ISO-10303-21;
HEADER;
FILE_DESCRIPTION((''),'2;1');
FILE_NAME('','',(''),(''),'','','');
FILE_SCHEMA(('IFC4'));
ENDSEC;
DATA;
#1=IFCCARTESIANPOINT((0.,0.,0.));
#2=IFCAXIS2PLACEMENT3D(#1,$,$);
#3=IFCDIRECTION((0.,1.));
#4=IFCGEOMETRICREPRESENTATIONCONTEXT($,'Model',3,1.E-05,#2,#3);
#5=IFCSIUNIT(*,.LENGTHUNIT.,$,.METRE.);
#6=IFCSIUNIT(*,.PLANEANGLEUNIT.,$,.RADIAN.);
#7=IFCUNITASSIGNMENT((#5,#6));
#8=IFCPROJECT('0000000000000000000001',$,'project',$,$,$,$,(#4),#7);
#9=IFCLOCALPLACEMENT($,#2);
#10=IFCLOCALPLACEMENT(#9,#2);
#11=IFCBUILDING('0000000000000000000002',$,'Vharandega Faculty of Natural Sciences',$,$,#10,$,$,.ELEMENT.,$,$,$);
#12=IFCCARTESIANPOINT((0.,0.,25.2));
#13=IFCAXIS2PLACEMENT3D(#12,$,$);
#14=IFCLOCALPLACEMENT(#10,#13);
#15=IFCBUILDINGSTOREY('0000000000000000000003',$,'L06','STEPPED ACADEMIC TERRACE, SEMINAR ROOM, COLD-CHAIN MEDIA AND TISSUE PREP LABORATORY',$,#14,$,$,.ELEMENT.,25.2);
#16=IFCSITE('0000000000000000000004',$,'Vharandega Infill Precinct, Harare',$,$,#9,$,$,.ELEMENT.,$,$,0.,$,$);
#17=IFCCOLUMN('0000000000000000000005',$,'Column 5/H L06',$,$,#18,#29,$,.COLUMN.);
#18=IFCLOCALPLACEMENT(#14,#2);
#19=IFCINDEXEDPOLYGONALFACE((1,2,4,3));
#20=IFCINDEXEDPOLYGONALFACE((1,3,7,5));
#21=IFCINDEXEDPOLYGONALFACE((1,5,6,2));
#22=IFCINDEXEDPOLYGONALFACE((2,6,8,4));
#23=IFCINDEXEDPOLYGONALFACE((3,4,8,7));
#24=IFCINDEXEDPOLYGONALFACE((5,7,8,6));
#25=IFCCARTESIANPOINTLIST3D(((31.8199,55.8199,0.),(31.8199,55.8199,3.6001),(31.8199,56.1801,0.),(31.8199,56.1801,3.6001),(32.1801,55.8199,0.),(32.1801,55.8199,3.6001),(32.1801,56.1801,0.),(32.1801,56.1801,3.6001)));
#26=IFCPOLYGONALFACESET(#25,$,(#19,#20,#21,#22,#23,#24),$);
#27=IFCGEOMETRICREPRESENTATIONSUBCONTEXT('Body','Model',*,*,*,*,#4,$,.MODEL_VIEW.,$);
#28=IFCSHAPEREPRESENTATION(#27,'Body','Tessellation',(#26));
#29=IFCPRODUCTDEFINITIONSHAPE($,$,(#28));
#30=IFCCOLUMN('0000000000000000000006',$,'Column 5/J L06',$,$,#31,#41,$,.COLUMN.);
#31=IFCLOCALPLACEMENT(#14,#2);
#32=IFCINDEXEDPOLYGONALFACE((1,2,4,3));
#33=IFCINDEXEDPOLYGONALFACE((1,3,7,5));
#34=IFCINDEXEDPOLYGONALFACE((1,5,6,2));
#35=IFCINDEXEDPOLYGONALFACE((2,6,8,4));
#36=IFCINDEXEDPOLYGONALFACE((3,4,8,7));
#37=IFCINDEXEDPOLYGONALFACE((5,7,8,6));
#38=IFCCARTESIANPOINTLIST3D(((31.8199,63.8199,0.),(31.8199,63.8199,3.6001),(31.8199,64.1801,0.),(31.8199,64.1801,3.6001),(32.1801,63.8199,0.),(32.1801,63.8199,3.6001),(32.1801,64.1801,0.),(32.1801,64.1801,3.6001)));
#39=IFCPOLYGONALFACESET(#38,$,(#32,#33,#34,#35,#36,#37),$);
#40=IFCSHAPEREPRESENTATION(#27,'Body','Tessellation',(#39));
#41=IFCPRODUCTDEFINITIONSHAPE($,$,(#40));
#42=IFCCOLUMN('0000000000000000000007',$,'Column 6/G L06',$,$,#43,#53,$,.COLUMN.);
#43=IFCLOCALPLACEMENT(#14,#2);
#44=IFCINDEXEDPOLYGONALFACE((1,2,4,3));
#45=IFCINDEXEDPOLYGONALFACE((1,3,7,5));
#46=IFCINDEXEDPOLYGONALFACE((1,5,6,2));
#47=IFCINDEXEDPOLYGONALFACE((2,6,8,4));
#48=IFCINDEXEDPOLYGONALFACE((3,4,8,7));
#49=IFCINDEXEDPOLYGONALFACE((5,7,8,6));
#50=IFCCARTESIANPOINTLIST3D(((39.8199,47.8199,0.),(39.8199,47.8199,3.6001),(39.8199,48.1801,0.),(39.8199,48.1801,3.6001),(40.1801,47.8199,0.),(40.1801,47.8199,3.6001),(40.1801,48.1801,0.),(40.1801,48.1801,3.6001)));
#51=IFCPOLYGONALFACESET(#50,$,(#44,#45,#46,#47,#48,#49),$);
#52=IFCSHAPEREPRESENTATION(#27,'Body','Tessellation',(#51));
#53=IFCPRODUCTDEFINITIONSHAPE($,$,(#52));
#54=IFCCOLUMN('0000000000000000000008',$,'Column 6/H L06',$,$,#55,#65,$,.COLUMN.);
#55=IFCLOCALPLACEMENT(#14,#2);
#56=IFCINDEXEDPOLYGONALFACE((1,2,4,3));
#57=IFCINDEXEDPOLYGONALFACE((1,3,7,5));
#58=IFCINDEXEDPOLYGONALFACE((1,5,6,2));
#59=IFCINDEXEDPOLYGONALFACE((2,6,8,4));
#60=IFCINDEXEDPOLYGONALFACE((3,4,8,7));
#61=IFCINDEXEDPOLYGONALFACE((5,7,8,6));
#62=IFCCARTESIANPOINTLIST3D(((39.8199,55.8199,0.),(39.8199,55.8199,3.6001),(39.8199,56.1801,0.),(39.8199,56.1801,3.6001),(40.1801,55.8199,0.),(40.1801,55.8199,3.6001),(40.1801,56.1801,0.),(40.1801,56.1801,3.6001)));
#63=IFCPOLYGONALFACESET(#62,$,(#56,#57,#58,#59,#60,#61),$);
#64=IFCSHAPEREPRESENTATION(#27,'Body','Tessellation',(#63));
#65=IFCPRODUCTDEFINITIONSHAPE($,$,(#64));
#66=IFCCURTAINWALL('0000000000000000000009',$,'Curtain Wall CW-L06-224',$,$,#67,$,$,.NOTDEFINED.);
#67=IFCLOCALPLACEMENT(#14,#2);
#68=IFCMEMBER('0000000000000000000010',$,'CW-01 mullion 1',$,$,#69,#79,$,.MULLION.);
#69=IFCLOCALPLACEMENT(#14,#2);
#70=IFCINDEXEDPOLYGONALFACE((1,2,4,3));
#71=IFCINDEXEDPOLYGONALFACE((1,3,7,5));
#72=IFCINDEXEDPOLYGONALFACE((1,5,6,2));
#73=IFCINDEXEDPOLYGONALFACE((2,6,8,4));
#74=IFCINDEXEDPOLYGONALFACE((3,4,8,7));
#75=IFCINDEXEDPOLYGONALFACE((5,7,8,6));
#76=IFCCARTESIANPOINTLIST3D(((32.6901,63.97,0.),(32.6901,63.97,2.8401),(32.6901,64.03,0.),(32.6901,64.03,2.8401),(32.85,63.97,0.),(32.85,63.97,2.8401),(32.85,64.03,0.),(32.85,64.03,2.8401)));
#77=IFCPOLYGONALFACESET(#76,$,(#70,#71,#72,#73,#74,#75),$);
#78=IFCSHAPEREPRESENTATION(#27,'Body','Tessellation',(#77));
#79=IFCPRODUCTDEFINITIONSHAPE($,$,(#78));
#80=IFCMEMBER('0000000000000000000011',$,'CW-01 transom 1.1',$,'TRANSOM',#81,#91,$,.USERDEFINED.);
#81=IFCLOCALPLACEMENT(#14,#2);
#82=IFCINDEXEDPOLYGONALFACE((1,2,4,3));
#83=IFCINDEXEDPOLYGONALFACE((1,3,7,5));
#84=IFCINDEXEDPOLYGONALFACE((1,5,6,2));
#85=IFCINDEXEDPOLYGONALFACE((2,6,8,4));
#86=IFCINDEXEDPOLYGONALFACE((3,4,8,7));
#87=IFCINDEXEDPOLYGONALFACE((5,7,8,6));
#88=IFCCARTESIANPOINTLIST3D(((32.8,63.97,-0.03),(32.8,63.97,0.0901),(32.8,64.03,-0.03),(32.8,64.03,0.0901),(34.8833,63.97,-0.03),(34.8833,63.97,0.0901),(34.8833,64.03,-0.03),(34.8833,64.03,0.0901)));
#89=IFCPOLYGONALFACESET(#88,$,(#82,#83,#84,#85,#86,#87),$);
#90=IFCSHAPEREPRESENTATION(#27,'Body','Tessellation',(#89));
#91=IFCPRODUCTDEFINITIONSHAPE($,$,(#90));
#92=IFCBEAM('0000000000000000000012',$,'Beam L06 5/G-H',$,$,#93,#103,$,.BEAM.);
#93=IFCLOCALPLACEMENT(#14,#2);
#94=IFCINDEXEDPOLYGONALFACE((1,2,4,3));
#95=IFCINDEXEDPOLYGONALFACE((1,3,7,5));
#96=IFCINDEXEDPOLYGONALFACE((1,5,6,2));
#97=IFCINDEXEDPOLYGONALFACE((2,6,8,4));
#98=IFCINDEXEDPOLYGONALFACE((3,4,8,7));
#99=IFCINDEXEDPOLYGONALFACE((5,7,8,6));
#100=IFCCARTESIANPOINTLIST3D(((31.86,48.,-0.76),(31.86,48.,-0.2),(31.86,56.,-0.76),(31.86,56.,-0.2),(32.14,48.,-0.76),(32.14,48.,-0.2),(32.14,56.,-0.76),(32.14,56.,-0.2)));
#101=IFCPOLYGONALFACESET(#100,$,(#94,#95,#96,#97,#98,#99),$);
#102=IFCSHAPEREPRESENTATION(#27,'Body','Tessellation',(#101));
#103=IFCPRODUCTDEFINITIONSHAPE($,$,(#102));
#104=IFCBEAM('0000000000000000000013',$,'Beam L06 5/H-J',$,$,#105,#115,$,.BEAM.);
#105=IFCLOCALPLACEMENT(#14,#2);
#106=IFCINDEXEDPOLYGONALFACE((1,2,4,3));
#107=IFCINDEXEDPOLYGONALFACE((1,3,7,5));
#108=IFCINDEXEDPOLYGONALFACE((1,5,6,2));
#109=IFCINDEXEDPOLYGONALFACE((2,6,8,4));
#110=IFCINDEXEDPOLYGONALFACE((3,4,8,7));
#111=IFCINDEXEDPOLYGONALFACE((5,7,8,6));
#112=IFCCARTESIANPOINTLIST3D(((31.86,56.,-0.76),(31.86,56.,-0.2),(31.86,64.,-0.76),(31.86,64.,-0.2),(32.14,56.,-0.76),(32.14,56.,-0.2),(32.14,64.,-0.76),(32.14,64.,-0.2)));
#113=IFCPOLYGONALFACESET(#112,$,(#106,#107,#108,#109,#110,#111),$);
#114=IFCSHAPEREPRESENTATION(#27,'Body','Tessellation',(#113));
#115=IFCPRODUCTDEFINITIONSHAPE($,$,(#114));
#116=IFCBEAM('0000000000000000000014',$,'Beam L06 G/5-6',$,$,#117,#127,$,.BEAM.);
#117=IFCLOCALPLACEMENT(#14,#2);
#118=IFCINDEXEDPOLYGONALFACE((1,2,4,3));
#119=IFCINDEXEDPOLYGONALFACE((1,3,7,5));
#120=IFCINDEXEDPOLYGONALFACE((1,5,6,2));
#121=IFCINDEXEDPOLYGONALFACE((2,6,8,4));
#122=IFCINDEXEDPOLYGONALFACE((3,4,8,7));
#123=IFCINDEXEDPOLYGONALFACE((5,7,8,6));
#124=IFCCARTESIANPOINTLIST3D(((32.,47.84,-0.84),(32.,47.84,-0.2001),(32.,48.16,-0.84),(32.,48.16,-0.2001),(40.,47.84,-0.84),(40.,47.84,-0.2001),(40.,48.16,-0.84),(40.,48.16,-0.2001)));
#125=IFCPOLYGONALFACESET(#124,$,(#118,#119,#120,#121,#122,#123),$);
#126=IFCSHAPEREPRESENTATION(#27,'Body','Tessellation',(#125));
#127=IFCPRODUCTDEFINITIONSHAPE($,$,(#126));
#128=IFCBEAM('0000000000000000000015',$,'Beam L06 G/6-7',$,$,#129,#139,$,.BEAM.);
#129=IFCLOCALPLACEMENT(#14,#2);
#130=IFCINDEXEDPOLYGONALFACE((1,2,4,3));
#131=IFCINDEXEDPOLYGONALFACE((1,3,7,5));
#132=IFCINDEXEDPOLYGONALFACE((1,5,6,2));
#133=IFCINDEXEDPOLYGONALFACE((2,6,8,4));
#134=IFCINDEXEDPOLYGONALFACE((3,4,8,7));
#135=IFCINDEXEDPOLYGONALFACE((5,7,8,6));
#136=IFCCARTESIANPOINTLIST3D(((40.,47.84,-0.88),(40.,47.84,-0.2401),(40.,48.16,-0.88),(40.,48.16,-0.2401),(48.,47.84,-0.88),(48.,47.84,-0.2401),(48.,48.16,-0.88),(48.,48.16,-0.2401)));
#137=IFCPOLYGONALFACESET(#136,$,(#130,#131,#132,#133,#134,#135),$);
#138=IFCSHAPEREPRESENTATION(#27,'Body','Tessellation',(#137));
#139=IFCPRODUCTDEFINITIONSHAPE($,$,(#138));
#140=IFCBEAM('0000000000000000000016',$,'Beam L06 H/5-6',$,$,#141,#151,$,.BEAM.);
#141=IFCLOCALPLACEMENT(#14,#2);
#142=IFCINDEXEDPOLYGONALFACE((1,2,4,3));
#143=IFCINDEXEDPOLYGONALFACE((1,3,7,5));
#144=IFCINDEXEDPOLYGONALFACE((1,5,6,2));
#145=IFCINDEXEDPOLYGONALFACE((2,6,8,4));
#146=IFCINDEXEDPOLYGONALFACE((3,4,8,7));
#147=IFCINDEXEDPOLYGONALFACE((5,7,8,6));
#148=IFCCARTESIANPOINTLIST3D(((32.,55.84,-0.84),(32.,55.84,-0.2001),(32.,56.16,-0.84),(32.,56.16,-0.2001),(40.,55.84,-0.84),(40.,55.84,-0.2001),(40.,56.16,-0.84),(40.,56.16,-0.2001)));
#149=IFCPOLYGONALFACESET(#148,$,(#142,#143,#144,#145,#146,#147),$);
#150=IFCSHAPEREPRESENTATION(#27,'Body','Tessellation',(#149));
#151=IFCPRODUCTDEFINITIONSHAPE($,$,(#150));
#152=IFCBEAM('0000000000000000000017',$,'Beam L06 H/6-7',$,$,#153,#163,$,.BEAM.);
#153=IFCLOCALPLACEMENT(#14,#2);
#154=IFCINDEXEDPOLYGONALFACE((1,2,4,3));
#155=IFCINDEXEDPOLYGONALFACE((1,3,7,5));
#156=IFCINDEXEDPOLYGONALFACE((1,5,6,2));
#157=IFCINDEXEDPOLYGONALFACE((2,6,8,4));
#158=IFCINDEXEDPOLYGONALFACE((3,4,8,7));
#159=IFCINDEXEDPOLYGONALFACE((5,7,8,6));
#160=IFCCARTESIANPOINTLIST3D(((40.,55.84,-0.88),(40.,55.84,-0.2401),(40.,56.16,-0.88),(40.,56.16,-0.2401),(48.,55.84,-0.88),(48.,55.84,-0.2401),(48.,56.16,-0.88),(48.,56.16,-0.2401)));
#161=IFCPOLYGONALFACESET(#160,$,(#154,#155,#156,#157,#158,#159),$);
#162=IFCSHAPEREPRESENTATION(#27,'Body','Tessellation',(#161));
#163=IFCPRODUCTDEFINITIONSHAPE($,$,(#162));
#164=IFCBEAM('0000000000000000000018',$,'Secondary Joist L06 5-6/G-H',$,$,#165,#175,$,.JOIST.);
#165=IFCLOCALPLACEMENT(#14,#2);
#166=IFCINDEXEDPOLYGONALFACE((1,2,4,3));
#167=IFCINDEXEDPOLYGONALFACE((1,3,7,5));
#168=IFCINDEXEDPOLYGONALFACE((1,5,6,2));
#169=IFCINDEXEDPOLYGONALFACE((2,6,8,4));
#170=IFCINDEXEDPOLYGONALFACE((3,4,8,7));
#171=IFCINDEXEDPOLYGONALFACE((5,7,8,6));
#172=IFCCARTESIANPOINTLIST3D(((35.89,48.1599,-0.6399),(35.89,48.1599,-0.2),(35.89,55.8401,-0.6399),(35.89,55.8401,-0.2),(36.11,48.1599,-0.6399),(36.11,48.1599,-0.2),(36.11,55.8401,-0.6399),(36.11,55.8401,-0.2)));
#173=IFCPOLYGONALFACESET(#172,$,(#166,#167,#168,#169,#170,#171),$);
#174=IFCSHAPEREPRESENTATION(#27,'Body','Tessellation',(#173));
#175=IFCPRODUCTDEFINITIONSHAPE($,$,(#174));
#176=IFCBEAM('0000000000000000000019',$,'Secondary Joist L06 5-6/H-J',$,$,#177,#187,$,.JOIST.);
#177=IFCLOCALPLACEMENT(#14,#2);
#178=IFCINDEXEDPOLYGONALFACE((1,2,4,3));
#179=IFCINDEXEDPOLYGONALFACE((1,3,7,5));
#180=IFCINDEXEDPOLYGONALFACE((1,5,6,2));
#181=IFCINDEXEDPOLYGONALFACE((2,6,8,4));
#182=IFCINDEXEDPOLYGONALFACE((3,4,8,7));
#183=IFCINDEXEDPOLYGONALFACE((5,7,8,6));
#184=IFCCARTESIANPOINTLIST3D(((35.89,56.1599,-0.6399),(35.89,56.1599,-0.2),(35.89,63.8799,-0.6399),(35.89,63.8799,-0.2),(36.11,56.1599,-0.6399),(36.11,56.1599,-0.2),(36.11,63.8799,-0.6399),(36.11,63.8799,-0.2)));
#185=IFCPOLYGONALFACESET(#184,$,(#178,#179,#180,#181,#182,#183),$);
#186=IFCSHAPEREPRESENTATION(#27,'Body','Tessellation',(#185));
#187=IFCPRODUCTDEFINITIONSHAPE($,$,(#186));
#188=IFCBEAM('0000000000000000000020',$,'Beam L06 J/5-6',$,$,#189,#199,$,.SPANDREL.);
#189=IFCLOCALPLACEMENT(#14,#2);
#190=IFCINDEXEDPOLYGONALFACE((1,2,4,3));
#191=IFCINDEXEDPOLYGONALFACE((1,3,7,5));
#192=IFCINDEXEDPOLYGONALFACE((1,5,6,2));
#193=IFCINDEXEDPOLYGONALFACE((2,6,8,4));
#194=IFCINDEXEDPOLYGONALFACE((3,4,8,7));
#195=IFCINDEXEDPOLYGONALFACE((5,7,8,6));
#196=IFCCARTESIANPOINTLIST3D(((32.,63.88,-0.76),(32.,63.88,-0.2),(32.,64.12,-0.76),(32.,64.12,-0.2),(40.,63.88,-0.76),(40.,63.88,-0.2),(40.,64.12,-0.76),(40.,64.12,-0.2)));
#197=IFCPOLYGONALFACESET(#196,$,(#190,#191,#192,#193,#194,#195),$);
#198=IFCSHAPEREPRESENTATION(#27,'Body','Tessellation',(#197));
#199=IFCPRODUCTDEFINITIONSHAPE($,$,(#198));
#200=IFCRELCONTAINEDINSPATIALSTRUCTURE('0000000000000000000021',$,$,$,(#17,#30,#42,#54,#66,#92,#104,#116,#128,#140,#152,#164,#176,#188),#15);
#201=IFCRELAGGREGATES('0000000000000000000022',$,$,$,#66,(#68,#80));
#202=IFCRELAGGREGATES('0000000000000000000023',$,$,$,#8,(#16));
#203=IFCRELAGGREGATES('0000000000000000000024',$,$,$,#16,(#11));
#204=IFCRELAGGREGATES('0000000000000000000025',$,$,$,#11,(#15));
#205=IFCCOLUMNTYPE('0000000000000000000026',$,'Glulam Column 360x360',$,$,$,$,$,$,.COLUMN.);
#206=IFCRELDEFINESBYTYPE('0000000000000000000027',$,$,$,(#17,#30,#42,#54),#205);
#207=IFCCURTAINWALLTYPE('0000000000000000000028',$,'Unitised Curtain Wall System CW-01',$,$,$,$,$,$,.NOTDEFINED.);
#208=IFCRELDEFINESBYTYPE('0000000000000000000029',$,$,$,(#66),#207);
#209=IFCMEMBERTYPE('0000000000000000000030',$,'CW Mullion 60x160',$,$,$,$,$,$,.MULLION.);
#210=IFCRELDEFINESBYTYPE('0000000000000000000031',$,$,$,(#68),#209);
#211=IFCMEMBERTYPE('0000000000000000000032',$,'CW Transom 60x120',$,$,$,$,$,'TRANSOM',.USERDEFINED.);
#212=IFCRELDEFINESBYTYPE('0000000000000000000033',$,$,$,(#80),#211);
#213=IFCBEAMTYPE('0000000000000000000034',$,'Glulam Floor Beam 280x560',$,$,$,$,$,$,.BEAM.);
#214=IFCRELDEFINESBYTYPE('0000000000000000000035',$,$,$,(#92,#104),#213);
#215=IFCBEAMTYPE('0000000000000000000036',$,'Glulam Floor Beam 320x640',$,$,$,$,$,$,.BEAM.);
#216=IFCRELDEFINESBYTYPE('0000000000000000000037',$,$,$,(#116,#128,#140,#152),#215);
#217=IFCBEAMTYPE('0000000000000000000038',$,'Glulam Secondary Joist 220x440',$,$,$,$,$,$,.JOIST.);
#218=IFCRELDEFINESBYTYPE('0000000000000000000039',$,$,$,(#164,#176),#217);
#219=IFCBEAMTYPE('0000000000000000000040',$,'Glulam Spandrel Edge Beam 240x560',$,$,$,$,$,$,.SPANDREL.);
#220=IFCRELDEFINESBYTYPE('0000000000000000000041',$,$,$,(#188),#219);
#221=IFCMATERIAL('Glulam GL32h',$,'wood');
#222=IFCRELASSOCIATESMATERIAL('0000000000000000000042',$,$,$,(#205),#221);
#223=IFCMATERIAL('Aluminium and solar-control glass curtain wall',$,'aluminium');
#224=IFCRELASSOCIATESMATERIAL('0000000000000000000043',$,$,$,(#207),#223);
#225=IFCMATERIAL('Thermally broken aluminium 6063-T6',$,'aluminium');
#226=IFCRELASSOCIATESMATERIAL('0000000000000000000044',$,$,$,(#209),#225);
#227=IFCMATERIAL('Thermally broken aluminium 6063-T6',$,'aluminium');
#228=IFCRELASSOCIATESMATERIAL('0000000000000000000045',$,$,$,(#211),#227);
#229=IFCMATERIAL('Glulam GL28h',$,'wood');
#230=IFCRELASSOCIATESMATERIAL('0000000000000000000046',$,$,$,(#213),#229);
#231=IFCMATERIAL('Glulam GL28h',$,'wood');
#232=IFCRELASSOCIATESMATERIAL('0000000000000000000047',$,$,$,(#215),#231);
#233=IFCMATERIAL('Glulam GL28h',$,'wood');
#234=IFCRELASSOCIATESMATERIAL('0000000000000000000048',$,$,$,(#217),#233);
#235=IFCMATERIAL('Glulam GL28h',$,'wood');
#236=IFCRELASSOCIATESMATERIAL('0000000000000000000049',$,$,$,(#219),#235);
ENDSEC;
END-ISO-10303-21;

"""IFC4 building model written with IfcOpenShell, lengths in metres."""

from ifc_helpers import new_model, si_unit, direction, frame, origin, origin_2d, place, context, subcontext, project, spatial, rectangle, extrude, material, material_profile, profile_set, type_object, element, aggregate, save


model = new_model("IFC4")

# Units and contexts
model_context = context("Model", 3, precision=1e-05, world=origin(), true_north=direction((0.0, 1.0)))
body_context = subcontext(model_context, "Body", "Model", "MODEL_VIEW")
ifc_project = project(units=[si_unit("LENGTHUNIT", "METRE"), si_unit("PLANEANGLEUNIT", "RADIAN")], contexts=[model_context])

# Site, building, storey
site_placement = place(None, origin())
site = spatial("IfcSite", under=ifc_project, at=site_placement, Name="Vharandega Infill Precinct, Harare", CompositionType="ELEMENT", RefElevation=0.0)
building_placement = place(site_placement, origin())
building = spatial("IfcBuilding", under=site, at=building_placement, Name="Vharandega Faculty of Natural Sciences", CompositionType="ELEMENT")
storey_placement = place(building_placement, frame((0.0, 0.0, 25.2)))
storey = spatial("IfcBuildingStorey", under=building, at=storey_placement, Name="L06", Description="STEPPED ACADEMIC TERRACE, SEMINAR ROOM, COLD-CHAIN MEDIA AND TISSUE PREP LABORATORY", CompositionType="ELEMENT", Elevation=25.2)

# Columns
ifc_material_1 = material(Name="Glulam GL32h", Category="wood")
ifc_material_profile_1 = material_profile(ifc_material_1, rectangle(XDim=0.3601, YDim=0.3601, at=origin_2d()), Name="GL32h 360x360")
ifc_profile_set_1 = profile_set([ifc_material_profile_1], Name="Glulam GL32h")
column_type = type_object("IfcColumnType", Name="Glulam Column 360x360", PredefinedType="COLUMN", material=ifc_profile_set_1)
for number, where, z_axis, x_axis, name in (
    (1, (32.0, 56.0, 0.0), (0.0, 0.0, 1.0), (1.0, 0.0, 0.0), "Column 5/H L06"),
    (2, (32.0, 64.0, 0.0), (0.0, 0.0, 1.0), (1.0, 0.0, 0.0), "Column 5/J L06"),
    (3, (40.0, 48.0, 0.0), (0.0, 0.0, 1.0), (1.0, 0.0, 0.0), "Column 6/G L06"),
    (4, (40.0, 56.0, 0.0), (0.0, 0.0, 1.0), (1.0, 0.0, 0.0), "Column 6/H L06"),
):
    element("IfcColumn", number, at=place(storey_placement, frame(where, z_axis=z_axis, x_axis=x_axis)), inside=storey, type_object=column_type, Name=name, PredefinedType="COLUMN", context=body_context, shape_type="SweptSolid", body=[
        extrude(rectangle(XDim=0.3601, YDim=0.3601, at=origin_2d()), origin(), (0.0, 0.0, 1.0), 3.6001),
    ])

# Curtain wall, members
ifc_material_2 = material(Name="Aluminium and solar-control glass curtain wall", Category="aluminium")
curtain_wall_type = type_object("IfcCurtainWallType", Name="Unitised Curtain Wall System CW-01", PredefinedType="NOTDEFINED", material=ifc_material_2)
curtain_wall_placement = place(storey_placement, origin())
curtain_wall = element("IfcCurtainWall", 5, at=curtain_wall_placement, inside=storey, type_object=curtain_wall_type, Name="Curtain Wall CW-L06-224", PredefinedType="NOTDEFINED")
ifc_material_3 = material(Name="Thermally broken aluminium 6063-T6", Category="aluminium")
ifc_material_profile_2 = material_profile(ifc_material_3, rectangle(XDim=0.0601, YDim=0.1599, at=origin_2d()), Name="ALU 60x160")
ifc_profile_set_2 = profile_set([ifc_material_profile_2], Name="Thermally broken aluminium 6063-T6")
member_type_1 = type_object("IfcMemberType", Name="CW Mullion 60x160", PredefinedType="MULLION", material=ifc_profile_set_2)
member_1_placement = place(storey_placement, frame((32.77, 64.0, 0.0), z_axis=(0.0, 0.0, 1.0), x_axis=(0.0, 1.0, 0.0)))
member_1 = element("IfcMember", 6, at=member_1_placement, type_object=member_type_1, Name="CW-01 mullion 1", PredefinedType="MULLION", context=body_context, shape_type="SweptSolid", body=[
    extrude(rectangle(XDim=0.0601, YDim=0.1599, at=origin_2d()), origin(), (0.0, 0.0, 1.0), 2.8401),
])
ifc_material_4 = material(Name="Thermally broken aluminium 6063-T6", Category="aluminium")
ifc_material_profile_3 = material_profile(ifc_material_4, rectangle(XDim=0.0601, YDim=0.1201, at=origin_2d()), Name="ALU 60x120")
ifc_profile_set_3 = profile_set([ifc_material_profile_3], Name="Thermally broken aluminium 6063-T6")
member_type_2 = type_object("IfcMemberType", Name="CW Transom 60x120", ElementType="TRANSOM", PredefinedType="USERDEFINED", material=ifc_profile_set_3)
member_2_placement = place(storey_placement, frame((32.8, 64.0, 0.03), z_axis=(1.0, 0.0, 0.0), x_axis=(0.0, 1.0, 0.0)))
member_2 = element("IfcMember", 7, at=member_2_placement, type_object=member_type_2, Name="CW-01 transom 1.1", ObjectType="TRANSOM", PredefinedType="USERDEFINED", context=body_context, shape_type="SweptSolid", body=[
    extrude(rectangle(XDim=0.0601, YDim=0.1201, at=origin_2d()), origin(), (0.0, 0.0, 1.0), 2.0833),
])
aggregate(curtain_wall, [member_1, member_2])

# Beams
ifc_material_5 = material(Name="Glulam GL28h", Category="wood")
ifc_material_profile_4 = material_profile(ifc_material_5, rectangle(XDim=0.28, YDim=0.5601, at=origin_2d()), Name="GL28h 280x560")
ifc_profile_set_4 = profile_set([ifc_material_profile_4], Name="Glulam GL28h")
beam_type_1 = type_object("IfcBeamType", Name="Glulam Floor Beam 280x560", PredefinedType="BEAM", material=ifc_profile_set_4)
for number, where, z_axis, x_axis, name in (
    (8, (32.0, 48.0, -0.48), (0.0, 1.0, 0.0), (-1.0, 0.0, 0.0), "Beam L06 5/G-H"),
    (9, (32.0, 56.0, -0.48), (0.0, 1.0, 0.0), (-1.0, 0.0, 0.0), "Beam L06 5/H-J"),
):
    element("IfcBeam", number, at=place(storey_placement, frame(where, z_axis=z_axis, x_axis=x_axis)), inside=storey, type_object=beam_type_1, Name=name, PredefinedType="BEAM", context=body_context, shape_type="SweptSolid", body=[
        extrude(rectangle(XDim=0.28, YDim=0.5601, at=origin_2d()), origin(), (0.0, 0.0, 1.0), 8.0),
    ])
ifc_material_6 = material(Name="Glulam GL28h", Category="wood")
ifc_material_profile_5 = material_profile(ifc_material_6, rectangle(XDim=0.3201, YDim=0.6399, at=origin_2d()), Name="GL28h 320x640")
ifc_profile_set_5 = profile_set([ifc_material_profile_5], Name="Glulam GL28h")
beam_type_2 = type_object("IfcBeamType", Name="Glulam Floor Beam 320x640", PredefinedType="BEAM", material=ifc_profile_set_5)
for number, where, z_axis, x_axis, name in (
    (10, (32.0, 48.0, -0.52), (1.0, 0.0, 0.0), (0.0, 1.0, 0.0), "Beam L06 G/5-6"),
    (11, (40.0, 48.0, -0.5601), (1.0, 0.0, 0.0), (0.0, 1.0, 0.0), "Beam L06 G/6-7"),
    (12, (32.0, 56.0, -0.52), (1.0, 0.0, 0.0), (0.0, 1.0, 0.0), "Beam L06 H/5-6"),
    (13, (40.0, 56.0, -0.5601), (1.0, 0.0, 0.0), (0.0, 1.0, 0.0), "Beam L06 H/6-7"),
):
    element("IfcBeam", number, at=place(storey_placement, frame(where, z_axis=z_axis, x_axis=x_axis)), inside=storey, type_object=beam_type_2, Name=name, PredefinedType="BEAM", context=body_context, shape_type="SweptSolid", body=[
        extrude(rectangle(XDim=0.3201, YDim=0.6399, at=origin_2d()), origin(), (0.0, 0.0, 1.0), 8.0),
    ])
ifc_material_7 = material(Name="Glulam GL28h", Category="wood")
ifc_material_profile_6 = material_profile(ifc_material_7, rectangle(XDim=0.22, YDim=0.4399, at=origin_2d()), Name="GL28h 220x440")
ifc_profile_set_6 = profile_set([ifc_material_profile_6], Name="Glulam GL28h")
beam_type_3 = type_object("IfcBeamType", Name="Glulam Secondary Joist 220x440", PredefinedType="JOIST", material=ifc_profile_set_6)
beam_1_placement = place(storey_placement, frame((36.0, 48.1599, -0.4199), z_axis=(0.0, 1.0, 0.0), x_axis=(-1.0, 0.0, 0.0)))
element("IfcBeam", 14, at=beam_1_placement, inside=storey, type_object=beam_type_3, Name="Secondary Joist L06 5-6/G-H", PredefinedType="JOIST", context=body_context, shape_type="SweptSolid", body=[
    extrude(rectangle(XDim=0.22, YDim=0.4399, at=origin_2d()), origin(), (0.0, 0.0, 1.0), 7.6802),
])
beam_2_placement = place(storey_placement, frame((36.0, 56.1599, -0.4199), z_axis=(0.0, 1.0, 0.0), x_axis=(-1.0, 0.0, 0.0)))
element("IfcBeam", 15, at=beam_2_placement, inside=storey, type_object=beam_type_3, Name="Secondary Joist L06 5-6/H-J", PredefinedType="JOIST", context=body_context, shape_type="SweptSolid", body=[
    extrude(rectangle(XDim=0.22, YDim=0.4399, at=origin_2d()), origin(), (0.0, 0.0, 1.0), 7.72),
])
ifc_material_8 = material(Name="Glulam GL28h", Category="wood")
ifc_material_profile_7 = material_profile(ifc_material_8, rectangle(XDim=0.24, YDim=0.5601, at=origin_2d()), Name="GL28h 240x560")
ifc_profile_set_7 = profile_set([ifc_material_profile_7], Name="Glulam GL28h")
beam_type_4 = type_object("IfcBeamType", Name="Glulam Spandrel Edge Beam 240x560", PredefinedType="SPANDREL", material=ifc_profile_set_7)
beam_3_placement = place(storey_placement, frame((32.0, 64.0, -0.48), z_axis=(1.0, 0.0, 0.0), x_axis=(0.0, 1.0, 0.0)))
element("IfcBeam", 16, at=beam_3_placement, inside=storey, type_object=beam_type_4, Name="Beam L06 J/5-6", PredefinedType="SPANDREL", context=body_context, shape_type="SweptSolid", body=[
    extrude(rectangle(XDim=0.24, YDim=0.5601, at=origin_2d()), origin(), (0.0, 0.0, 1.0), 8.0),
])

save(model, "model.ifc")
